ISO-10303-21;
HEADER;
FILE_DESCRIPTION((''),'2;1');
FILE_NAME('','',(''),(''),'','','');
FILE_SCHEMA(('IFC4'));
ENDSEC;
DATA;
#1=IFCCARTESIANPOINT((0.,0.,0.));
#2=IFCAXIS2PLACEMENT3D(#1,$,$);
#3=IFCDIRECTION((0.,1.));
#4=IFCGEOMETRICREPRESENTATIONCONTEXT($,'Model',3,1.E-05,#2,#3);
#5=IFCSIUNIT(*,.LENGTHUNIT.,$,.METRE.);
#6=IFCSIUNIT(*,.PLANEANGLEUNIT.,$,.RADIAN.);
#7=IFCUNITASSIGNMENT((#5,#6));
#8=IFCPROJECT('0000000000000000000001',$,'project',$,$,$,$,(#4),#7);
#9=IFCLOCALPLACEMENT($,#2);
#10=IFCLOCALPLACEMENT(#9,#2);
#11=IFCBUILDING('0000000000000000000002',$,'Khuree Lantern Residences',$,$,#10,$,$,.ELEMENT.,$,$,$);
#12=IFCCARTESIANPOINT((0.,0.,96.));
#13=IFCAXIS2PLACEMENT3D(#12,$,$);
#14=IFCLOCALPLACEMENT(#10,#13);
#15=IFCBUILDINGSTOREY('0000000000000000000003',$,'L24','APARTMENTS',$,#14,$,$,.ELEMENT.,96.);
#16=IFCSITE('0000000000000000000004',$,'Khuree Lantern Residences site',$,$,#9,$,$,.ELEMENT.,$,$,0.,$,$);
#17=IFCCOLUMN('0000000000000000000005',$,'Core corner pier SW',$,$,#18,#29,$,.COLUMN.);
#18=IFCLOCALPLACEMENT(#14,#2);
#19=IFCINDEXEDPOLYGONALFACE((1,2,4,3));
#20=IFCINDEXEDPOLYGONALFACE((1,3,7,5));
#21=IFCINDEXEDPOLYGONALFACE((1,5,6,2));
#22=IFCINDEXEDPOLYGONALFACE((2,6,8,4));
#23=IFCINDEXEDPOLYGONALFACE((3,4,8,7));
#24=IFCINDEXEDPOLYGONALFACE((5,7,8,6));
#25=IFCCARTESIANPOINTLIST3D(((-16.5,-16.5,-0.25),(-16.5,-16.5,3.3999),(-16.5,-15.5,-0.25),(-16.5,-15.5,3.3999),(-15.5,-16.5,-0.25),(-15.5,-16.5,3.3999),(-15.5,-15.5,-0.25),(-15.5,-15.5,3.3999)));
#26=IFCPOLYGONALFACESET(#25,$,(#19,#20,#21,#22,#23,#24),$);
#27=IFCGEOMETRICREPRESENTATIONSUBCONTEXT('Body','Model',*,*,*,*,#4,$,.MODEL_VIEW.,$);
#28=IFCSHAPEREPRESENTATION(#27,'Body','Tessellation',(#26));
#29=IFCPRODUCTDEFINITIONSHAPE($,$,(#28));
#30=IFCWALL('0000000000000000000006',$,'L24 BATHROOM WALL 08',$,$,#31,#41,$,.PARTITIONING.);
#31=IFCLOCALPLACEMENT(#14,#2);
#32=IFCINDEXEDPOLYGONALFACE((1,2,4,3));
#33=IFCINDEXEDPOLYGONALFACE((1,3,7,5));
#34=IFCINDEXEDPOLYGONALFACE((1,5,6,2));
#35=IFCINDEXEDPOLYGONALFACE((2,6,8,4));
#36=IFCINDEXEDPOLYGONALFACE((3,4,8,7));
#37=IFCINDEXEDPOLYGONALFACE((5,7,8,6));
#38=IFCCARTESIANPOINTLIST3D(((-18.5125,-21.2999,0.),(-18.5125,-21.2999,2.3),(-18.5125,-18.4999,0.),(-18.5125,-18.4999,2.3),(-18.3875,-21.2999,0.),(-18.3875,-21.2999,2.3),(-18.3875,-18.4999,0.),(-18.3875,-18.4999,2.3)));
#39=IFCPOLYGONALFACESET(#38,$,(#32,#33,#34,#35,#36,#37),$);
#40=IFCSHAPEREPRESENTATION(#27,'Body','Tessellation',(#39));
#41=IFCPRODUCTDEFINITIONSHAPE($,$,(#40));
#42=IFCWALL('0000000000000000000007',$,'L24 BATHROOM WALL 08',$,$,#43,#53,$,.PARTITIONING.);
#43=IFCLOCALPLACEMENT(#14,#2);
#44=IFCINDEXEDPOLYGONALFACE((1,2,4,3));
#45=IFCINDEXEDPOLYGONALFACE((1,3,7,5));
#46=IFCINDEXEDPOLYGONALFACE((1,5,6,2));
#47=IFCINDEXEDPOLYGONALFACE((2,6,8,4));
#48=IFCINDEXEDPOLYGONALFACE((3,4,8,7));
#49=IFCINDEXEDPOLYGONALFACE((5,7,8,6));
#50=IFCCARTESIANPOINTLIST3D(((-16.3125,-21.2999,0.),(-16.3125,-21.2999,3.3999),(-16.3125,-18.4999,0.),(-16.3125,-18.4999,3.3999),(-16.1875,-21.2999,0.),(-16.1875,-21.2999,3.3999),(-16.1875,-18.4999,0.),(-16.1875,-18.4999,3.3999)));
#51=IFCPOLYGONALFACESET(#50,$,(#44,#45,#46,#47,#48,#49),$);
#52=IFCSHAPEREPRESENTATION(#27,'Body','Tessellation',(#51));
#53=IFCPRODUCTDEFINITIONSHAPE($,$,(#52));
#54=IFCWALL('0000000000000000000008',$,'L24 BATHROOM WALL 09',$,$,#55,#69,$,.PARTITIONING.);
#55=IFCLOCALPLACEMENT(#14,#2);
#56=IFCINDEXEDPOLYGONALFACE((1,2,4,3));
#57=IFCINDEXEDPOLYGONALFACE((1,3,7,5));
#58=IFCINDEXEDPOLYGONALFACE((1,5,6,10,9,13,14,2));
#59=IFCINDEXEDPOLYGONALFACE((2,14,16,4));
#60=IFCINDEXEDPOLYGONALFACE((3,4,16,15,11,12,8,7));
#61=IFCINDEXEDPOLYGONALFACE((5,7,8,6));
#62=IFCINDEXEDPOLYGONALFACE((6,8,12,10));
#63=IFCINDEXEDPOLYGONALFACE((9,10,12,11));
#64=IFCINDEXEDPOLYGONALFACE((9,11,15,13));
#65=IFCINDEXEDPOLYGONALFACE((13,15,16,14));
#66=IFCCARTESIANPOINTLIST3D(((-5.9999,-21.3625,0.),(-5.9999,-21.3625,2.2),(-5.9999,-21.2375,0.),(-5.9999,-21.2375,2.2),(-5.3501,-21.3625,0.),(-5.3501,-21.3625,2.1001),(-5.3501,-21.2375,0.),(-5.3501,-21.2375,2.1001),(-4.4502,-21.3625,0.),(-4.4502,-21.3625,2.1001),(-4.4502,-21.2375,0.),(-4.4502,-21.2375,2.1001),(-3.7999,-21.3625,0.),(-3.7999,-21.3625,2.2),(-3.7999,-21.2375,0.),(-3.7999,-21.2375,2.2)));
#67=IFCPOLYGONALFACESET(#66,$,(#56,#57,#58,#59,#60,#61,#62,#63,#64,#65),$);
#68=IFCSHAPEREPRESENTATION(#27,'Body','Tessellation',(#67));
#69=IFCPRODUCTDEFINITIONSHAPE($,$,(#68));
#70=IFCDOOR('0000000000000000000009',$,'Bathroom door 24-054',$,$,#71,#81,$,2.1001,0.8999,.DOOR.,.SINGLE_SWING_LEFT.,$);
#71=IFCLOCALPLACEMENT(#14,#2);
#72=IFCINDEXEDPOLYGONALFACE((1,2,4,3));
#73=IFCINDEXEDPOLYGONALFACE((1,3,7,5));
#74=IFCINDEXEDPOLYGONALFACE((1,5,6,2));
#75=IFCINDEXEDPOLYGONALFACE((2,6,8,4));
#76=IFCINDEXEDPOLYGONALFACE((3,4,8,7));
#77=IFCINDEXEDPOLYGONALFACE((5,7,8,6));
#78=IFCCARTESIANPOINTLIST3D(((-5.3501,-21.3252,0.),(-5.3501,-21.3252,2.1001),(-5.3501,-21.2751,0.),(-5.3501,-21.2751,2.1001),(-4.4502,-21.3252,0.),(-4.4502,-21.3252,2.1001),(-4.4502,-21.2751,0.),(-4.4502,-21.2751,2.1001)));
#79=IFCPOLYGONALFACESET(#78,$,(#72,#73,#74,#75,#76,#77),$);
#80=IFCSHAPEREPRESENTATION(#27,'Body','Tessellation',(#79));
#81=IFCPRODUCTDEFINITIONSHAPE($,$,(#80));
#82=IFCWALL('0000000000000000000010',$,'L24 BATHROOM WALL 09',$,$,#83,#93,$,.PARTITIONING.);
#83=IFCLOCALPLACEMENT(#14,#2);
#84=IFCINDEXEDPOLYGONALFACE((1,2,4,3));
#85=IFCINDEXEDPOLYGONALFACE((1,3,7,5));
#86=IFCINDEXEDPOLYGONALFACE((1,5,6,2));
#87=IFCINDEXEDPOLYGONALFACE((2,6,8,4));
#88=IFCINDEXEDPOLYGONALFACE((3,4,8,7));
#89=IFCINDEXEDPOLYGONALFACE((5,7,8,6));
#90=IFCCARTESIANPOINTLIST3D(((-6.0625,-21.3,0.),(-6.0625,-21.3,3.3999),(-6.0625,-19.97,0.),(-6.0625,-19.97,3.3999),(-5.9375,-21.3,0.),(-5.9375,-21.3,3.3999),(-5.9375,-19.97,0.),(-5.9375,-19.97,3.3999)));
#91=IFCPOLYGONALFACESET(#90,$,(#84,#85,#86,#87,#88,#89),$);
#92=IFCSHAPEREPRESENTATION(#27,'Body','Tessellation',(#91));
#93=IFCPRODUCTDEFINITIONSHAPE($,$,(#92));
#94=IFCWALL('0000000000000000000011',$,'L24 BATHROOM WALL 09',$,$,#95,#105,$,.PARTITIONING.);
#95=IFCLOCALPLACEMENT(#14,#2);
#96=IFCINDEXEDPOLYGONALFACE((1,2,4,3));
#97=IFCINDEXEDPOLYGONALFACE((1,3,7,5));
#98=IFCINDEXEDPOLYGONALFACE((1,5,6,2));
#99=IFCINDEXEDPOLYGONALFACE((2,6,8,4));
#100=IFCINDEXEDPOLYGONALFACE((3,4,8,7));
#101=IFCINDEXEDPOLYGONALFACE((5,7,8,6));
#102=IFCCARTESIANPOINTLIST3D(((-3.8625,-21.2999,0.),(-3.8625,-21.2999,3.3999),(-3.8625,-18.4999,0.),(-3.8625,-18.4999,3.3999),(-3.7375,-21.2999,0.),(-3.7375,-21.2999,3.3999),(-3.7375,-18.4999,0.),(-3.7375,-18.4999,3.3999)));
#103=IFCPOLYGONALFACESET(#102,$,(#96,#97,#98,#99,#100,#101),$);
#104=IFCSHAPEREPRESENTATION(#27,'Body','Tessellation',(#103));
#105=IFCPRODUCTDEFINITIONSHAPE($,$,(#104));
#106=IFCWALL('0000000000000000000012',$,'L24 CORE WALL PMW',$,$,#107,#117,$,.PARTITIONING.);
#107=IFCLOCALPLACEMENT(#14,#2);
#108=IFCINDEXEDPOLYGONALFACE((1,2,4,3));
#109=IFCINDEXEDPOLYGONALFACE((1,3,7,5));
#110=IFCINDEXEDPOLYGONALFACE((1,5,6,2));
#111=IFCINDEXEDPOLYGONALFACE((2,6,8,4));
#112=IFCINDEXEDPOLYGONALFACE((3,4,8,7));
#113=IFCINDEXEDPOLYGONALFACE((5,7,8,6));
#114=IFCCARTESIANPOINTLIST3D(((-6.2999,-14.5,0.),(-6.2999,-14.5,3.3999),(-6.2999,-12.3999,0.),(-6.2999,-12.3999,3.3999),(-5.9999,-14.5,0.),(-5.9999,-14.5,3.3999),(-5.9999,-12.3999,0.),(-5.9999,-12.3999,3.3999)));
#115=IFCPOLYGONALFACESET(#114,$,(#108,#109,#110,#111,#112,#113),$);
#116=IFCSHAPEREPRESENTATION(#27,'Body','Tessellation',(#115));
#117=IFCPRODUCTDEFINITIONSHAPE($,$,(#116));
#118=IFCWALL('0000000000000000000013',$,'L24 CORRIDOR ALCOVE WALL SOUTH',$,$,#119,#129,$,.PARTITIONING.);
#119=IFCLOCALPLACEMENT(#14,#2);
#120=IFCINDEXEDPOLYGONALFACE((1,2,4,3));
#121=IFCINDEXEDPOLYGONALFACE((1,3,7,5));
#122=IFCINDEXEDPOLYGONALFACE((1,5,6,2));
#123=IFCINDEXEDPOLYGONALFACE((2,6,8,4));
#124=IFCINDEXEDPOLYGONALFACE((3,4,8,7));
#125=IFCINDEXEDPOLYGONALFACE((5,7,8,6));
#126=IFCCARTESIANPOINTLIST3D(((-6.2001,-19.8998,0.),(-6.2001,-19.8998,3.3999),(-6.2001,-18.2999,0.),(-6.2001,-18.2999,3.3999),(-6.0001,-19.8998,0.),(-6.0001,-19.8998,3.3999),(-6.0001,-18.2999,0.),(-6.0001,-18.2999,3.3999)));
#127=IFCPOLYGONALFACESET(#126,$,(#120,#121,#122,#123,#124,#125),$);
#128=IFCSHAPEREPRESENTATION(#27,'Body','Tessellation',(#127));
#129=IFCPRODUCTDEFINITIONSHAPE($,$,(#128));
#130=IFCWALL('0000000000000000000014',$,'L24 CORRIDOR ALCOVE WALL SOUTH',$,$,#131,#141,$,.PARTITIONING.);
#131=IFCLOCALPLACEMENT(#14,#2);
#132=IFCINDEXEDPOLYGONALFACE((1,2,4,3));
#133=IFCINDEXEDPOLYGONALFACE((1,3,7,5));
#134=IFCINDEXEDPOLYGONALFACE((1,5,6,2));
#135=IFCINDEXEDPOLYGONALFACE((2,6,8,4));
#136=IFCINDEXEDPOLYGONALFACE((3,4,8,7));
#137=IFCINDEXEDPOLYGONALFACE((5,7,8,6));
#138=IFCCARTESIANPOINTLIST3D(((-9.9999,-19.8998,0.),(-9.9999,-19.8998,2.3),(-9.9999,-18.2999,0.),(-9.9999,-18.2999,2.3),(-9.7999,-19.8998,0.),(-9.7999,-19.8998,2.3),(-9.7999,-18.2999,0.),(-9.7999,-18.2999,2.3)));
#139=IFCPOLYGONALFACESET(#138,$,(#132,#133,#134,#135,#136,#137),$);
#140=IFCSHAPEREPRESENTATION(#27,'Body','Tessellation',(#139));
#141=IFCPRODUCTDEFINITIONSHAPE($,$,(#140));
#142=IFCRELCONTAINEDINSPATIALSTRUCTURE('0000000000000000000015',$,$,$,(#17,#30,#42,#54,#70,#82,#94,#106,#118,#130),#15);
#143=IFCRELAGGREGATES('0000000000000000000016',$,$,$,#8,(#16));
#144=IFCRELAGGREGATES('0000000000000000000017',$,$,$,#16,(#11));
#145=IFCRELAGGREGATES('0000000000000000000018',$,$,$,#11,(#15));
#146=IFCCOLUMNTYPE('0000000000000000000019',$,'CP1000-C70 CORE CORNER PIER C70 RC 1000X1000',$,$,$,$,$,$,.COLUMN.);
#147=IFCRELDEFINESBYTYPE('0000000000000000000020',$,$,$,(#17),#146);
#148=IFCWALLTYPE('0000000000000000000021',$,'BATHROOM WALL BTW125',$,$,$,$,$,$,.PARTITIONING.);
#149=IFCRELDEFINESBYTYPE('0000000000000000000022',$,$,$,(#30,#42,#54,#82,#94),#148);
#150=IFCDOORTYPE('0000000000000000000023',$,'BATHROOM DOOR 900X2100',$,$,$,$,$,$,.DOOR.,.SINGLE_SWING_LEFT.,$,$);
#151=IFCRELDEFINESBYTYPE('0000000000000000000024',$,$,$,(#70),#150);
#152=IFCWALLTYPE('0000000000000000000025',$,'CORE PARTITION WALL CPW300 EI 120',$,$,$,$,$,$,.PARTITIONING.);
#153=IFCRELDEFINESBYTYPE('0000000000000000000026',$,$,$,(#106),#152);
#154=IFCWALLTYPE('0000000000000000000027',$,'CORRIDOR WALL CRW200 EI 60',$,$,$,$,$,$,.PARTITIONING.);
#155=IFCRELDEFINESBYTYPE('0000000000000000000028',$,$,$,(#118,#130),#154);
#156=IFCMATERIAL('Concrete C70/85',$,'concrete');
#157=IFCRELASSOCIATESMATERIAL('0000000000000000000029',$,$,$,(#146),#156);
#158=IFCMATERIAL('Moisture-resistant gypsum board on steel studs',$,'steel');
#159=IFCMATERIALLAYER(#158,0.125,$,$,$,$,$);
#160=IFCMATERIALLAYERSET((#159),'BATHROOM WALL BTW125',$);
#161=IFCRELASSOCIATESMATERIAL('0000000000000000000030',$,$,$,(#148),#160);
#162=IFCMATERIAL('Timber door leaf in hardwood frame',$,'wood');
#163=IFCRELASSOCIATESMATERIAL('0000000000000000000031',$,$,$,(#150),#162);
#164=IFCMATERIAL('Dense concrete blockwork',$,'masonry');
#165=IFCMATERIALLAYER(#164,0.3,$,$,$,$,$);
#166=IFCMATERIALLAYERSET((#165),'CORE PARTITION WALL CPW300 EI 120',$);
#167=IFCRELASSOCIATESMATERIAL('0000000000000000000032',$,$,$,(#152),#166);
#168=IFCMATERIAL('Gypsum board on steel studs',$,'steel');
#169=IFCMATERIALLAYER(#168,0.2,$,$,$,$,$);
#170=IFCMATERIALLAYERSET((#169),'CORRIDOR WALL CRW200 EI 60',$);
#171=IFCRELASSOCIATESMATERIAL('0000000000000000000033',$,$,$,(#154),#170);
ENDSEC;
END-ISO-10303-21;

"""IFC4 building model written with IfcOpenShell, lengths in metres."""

from ifc_helpers import new_model, si_unit, direction, frame, frame_2d, origin, origin_2d, place, context, subcontext, project, spatial, rectangle, extrude, material, layer, layer_set, material_profile, profile_set, type_object, element, fill, save


model = new_model("IFC4")

# Units and contexts
model_context = context("Model", 3, precision=1e-05, world=origin(), true_north=direction((0.0, 1.0)))
body_context = subcontext(model_context, "Body", "Model", "MODEL_VIEW")
ifc_project = project(units=[si_unit("LENGTHUNIT", "METRE"), si_unit("PLANEANGLEUNIT", "RADIAN")], contexts=[model_context])

# Site, building, storey
site_placement = place(None, origin())
site = spatial("IfcSite", under=ifc_project, at=site_placement, Name="Khuree Lantern Residences site", CompositionType="ELEMENT", RefElevation=0.0)
building_placement = place(site_placement, origin())
building = spatial("IfcBuilding", under=site, at=building_placement, Name="Khuree Lantern Residences", CompositionType="ELEMENT")
storey_placement = place(building_placement, frame((0.0, 0.0, 96.0)))
storey = spatial("IfcBuildingStorey", under=building, at=storey_placement, Name="L24", Description="APARTMENTS", CompositionType="ELEMENT", Elevation=96.0)

# Column
ifc_material_1 = material(Name="Concrete C70/85", Category="concrete")
ifc_material_profile = material_profile(ifc_material_1, rectangle(XDim=1.0, YDim=1.0, at=origin_2d()), Name="RC 1000X1000")
ifc_profile_set = profile_set([ifc_material_profile], Name="Concrete C70/85")
column_type = type_object("IfcColumnType", Name="CP1000-C70 CORE CORNER PIER C70 RC 1000X1000", PredefinedType="COLUMN", material=ifc_profile_set)
column_placement = place(storey_placement, frame((-16.0, -16.0, -0.25), z_axis=(0.0, 0.0, 1.0), x_axis=(1.0, 0.0, 0.0)))
element("IfcColumn", 1, at=column_placement, inside=storey, type_object=column_type, Name="Core corner pier SW", PredefinedType="COLUMN", context=body_context, shape_type="SweptSolid", body=[
    extrude(rectangle(XDim=1.0, YDim=1.0, at=origin_2d()), origin(), (0.0, 0.0, 1.0), 3.6499),
])

# Walls
ifc_material_2 = material(Name="Moisture-resistant gypsum board on steel studs", Category="steel")
ifc_layer_1 = layer(ifc_material_2, 0.125)
ifc_layer_set_1 = layer_set([ifc_layer_1], Name="BATHROOM WALL BTW125")
wall_type_1 = type_object("IfcWallType", Name="BATHROOM WALL BTW125", PredefinedType="PARTITIONING", material=ifc_layer_set_1)
wall_1_placement = place(storey_placement, frame((-18.45, -18.5, 0.0), z_axis=(0.0, 0.0, 1.0), x_axis=(0.0, -1.0, 0.0)))
element("IfcWall", 2, at=wall_1_placement, inside=storey, type_object=wall_type_1, Name="L24 BATHROOM WALL 08", PredefinedType="PARTITIONING", context=body_context, shape_type="SweptSolid", body=[
    extrude(rectangle(XDim=2.8, YDim=0.125, at=frame_2d((1.3999, 0.0))), origin(), (0.0, 0.0, 1.0), 2.3),
])
wall_2_placement = place(storey_placement, frame((-16.25, -18.5, 0.0), z_axis=(0.0, 0.0, 1.0), x_axis=(0.0, -1.0, 0.0)))
element("IfcWall", 3, at=wall_2_placement, inside=storey, type_object=wall_type_1, Name="L24 BATHROOM WALL 08", PredefinedType="PARTITIONING", context=body_context, shape_type="SweptSolid", body=[
    extrude(rectangle(XDim=2.8, YDim=0.125, at=frame_2d((1.3999, 0.0))), origin(), (0.0, 0.0, 1.0), 3.3999),
])

# Wall, opening, door
wall_3_placement = place(storey_placement, frame((-6.0, -21.3, 0.0), z_axis=(0.0, 0.0, 1.0), x_axis=(1.0, 0.0, 0.0)))
wall_3 = element("IfcWall", 4, at=wall_3_placement, inside=storey, type_object=wall_type_1, Name="L24 BATHROOM WALL 09", PredefinedType="PARTITIONING", context=body_context, shape_type="SweptSolid", body=[
    extrude(rectangle(XDim=2.2, YDim=0.125, at=frame_2d((1.1001, 0.0))), origin(), (0.0, 0.0, 1.0), 2.2),
])
opening_1_placement = place(wall_3_placement, frame((0.6499, 0.0, 0.0)))
opening_1 = element("IfcOpeningElement", 5, at=opening_1_placement, cuts=wall_3, PredefinedType="OPENING", context=body_context, shape_type="SweptSolid", body=[
    extrude(rectangle(XDim=0.8999, YDim=2.1001, at=frame_2d((0.45, 1.05))), frame((0.0, 0.0725, 0.0), z_axis=(0.0, -1.0, 0.0), x_axis=(1.0, 0.0, 0.0)), (0.0, 0.0, 1.0), 0.145),
])
ifc_material_3 = material(Name="Timber door leaf in hardwood frame", Category="wood")
door_type_1 = type_object("IfcDoorType", Name="BATHROOM DOOR 900X2100", OperationType="SINGLE_SWING_LEFT", PredefinedType="DOOR", material=ifc_material_3)
door_1_placement = place(opening_1_placement, origin())
door_1 = element("IfcDoor", 6, at=door_1_placement, inside=storey, type_object=door_type_1, Name="Bathroom door 24-054", OperationType="SINGLE_SWING_LEFT", OverallHeight=2.1001, OverallWidth=0.8999, PredefinedType="DOOR", context=body_context, shape_type="SweptSolid", body=[
    extrude(rectangle(XDim=0.8999, YDim=2.1001, at=frame_2d((0.45, 1.05))), frame((0.0, 0.0249, 0.0), z_axis=(0.0, -1.0, 0.0), x_axis=(1.0, 0.0, 0.0)), (0.0, 0.0, 1.0), 0.05),
])
fill(opening_1, door_1)

# Walls
wall_4_placement = place(storey_placement, frame((-6.0, -19.97, 0.0), z_axis=(0.0, 0.0, 1.0), x_axis=(0.0, -1.0, 0.0)))
element("IfcWall", 7, at=wall_4_placement, inside=storey, type_object=wall_type_1, Name="L24 BATHROOM WALL 09", PredefinedType="PARTITIONING", context=body_context, shape_type="SweptSolid", body=[
    extrude(rectangle(XDim=1.3301, YDim=0.125, at=frame_2d((0.665, 0.0))), origin(), (0.0, 0.0, 1.0), 3.3999),
])
wall_5_placement = place(storey_placement, frame((-3.8, -18.5, 0.0), z_axis=(0.0, 0.0, 1.0), x_axis=(0.0, -1.0, 0.0)))
element("IfcWall", 8, at=wall_5_placement, inside=storey, type_object=wall_type_1, Name="L24 BATHROOM WALL 09", PredefinedType="PARTITIONING", context=body_context, shape_type="SweptSolid", body=[
    extrude(rectangle(XDim=2.8, YDim=0.125, at=frame_2d((1.3999, 0.0))), origin(), (0.0, 0.0, 1.0), 3.3999),
])
ifc_material_4 = material(Name="Dense concrete blockwork", Category="masonry")
ifc_layer_2 = layer(ifc_material_4, 0.3)
ifc_layer_set_2 = layer_set([ifc_layer_2], Name="CORE PARTITION WALL CPW300 EI 120")
wall_type_2 = type_object("IfcWallType", Name="CORE PARTITION WALL CPW300 EI 120", PredefinedType="PARTITIONING", material=ifc_layer_set_2)
wall_6_placement = place(storey_placement, frame((-6.1499, -14.5, 0.0), z_axis=(0.0, 0.0, 1.0), x_axis=(0.0, 1.0, 0.0)))
element("IfcWall", 9, at=wall_6_placement, inside=storey, type_object=wall_type_2, Name="L24 CORE WALL PMW", PredefinedType="PARTITIONING", context=body_context, shape_type="SweptSolid", body=[
    extrude(rectangle(XDim=2.1001, YDim=0.3, at=frame_2d((1.05, 0.0))), origin(), (0.0, 0.0, 1.0), 3.3999),
])
ifc_material_5 = material(Name="Gypsum board on steel studs", Category="steel")
ifc_layer_3 = layer(ifc_material_5, 0.2)
ifc_layer_set_3 = layer_set([ifc_layer_3], Name="CORRIDOR WALL CRW200 EI 60")
wall_type_3 = type_object("IfcWallType", Name="CORRIDOR WALL CRW200 EI 60", PredefinedType="PARTITIONING", material=ifc_layer_set_3)
wall_7_placement = place(storey_placement, frame((-6.1001, -18.3, 0.0), z_axis=(0.0, 0.0, 1.0), x_axis=(0.0, -1.0, 0.0)))
element("IfcWall", 10, at=wall_7_placement, inside=storey, type_object=wall_type_3, Name="L24 CORRIDOR ALCOVE WALL SOUTH", PredefinedType="PARTITIONING", context=body_context, shape_type="SweptSolid", body=[
    extrude(rectangle(XDim=1.5999, YDim=0.2, at=frame_2d((0.7998, 0.0))), origin(), (0.0, 0.0, 1.0), 3.3999),
])
wall_8_placement = place(storey_placement, frame((-9.8999, -18.3, 0.0), z_axis=(0.0, 0.0, 1.0), x_axis=(0.0, -1.0, 0.0)))
element("IfcWall", 11, at=wall_8_placement, inside=storey, type_object=wall_type_3, Name="L24 CORRIDOR ALCOVE WALL SOUTH", PredefinedType="PARTITIONING", context=body_context, shape_type="SweptSolid", body=[
    extrude(rectangle(XDim=1.5999, YDim=0.2, at=frame_2d((0.7998, 0.0))), origin(), (0.0, 0.0, 1.0), 2.3),
])

save(model, "model.ifc")
